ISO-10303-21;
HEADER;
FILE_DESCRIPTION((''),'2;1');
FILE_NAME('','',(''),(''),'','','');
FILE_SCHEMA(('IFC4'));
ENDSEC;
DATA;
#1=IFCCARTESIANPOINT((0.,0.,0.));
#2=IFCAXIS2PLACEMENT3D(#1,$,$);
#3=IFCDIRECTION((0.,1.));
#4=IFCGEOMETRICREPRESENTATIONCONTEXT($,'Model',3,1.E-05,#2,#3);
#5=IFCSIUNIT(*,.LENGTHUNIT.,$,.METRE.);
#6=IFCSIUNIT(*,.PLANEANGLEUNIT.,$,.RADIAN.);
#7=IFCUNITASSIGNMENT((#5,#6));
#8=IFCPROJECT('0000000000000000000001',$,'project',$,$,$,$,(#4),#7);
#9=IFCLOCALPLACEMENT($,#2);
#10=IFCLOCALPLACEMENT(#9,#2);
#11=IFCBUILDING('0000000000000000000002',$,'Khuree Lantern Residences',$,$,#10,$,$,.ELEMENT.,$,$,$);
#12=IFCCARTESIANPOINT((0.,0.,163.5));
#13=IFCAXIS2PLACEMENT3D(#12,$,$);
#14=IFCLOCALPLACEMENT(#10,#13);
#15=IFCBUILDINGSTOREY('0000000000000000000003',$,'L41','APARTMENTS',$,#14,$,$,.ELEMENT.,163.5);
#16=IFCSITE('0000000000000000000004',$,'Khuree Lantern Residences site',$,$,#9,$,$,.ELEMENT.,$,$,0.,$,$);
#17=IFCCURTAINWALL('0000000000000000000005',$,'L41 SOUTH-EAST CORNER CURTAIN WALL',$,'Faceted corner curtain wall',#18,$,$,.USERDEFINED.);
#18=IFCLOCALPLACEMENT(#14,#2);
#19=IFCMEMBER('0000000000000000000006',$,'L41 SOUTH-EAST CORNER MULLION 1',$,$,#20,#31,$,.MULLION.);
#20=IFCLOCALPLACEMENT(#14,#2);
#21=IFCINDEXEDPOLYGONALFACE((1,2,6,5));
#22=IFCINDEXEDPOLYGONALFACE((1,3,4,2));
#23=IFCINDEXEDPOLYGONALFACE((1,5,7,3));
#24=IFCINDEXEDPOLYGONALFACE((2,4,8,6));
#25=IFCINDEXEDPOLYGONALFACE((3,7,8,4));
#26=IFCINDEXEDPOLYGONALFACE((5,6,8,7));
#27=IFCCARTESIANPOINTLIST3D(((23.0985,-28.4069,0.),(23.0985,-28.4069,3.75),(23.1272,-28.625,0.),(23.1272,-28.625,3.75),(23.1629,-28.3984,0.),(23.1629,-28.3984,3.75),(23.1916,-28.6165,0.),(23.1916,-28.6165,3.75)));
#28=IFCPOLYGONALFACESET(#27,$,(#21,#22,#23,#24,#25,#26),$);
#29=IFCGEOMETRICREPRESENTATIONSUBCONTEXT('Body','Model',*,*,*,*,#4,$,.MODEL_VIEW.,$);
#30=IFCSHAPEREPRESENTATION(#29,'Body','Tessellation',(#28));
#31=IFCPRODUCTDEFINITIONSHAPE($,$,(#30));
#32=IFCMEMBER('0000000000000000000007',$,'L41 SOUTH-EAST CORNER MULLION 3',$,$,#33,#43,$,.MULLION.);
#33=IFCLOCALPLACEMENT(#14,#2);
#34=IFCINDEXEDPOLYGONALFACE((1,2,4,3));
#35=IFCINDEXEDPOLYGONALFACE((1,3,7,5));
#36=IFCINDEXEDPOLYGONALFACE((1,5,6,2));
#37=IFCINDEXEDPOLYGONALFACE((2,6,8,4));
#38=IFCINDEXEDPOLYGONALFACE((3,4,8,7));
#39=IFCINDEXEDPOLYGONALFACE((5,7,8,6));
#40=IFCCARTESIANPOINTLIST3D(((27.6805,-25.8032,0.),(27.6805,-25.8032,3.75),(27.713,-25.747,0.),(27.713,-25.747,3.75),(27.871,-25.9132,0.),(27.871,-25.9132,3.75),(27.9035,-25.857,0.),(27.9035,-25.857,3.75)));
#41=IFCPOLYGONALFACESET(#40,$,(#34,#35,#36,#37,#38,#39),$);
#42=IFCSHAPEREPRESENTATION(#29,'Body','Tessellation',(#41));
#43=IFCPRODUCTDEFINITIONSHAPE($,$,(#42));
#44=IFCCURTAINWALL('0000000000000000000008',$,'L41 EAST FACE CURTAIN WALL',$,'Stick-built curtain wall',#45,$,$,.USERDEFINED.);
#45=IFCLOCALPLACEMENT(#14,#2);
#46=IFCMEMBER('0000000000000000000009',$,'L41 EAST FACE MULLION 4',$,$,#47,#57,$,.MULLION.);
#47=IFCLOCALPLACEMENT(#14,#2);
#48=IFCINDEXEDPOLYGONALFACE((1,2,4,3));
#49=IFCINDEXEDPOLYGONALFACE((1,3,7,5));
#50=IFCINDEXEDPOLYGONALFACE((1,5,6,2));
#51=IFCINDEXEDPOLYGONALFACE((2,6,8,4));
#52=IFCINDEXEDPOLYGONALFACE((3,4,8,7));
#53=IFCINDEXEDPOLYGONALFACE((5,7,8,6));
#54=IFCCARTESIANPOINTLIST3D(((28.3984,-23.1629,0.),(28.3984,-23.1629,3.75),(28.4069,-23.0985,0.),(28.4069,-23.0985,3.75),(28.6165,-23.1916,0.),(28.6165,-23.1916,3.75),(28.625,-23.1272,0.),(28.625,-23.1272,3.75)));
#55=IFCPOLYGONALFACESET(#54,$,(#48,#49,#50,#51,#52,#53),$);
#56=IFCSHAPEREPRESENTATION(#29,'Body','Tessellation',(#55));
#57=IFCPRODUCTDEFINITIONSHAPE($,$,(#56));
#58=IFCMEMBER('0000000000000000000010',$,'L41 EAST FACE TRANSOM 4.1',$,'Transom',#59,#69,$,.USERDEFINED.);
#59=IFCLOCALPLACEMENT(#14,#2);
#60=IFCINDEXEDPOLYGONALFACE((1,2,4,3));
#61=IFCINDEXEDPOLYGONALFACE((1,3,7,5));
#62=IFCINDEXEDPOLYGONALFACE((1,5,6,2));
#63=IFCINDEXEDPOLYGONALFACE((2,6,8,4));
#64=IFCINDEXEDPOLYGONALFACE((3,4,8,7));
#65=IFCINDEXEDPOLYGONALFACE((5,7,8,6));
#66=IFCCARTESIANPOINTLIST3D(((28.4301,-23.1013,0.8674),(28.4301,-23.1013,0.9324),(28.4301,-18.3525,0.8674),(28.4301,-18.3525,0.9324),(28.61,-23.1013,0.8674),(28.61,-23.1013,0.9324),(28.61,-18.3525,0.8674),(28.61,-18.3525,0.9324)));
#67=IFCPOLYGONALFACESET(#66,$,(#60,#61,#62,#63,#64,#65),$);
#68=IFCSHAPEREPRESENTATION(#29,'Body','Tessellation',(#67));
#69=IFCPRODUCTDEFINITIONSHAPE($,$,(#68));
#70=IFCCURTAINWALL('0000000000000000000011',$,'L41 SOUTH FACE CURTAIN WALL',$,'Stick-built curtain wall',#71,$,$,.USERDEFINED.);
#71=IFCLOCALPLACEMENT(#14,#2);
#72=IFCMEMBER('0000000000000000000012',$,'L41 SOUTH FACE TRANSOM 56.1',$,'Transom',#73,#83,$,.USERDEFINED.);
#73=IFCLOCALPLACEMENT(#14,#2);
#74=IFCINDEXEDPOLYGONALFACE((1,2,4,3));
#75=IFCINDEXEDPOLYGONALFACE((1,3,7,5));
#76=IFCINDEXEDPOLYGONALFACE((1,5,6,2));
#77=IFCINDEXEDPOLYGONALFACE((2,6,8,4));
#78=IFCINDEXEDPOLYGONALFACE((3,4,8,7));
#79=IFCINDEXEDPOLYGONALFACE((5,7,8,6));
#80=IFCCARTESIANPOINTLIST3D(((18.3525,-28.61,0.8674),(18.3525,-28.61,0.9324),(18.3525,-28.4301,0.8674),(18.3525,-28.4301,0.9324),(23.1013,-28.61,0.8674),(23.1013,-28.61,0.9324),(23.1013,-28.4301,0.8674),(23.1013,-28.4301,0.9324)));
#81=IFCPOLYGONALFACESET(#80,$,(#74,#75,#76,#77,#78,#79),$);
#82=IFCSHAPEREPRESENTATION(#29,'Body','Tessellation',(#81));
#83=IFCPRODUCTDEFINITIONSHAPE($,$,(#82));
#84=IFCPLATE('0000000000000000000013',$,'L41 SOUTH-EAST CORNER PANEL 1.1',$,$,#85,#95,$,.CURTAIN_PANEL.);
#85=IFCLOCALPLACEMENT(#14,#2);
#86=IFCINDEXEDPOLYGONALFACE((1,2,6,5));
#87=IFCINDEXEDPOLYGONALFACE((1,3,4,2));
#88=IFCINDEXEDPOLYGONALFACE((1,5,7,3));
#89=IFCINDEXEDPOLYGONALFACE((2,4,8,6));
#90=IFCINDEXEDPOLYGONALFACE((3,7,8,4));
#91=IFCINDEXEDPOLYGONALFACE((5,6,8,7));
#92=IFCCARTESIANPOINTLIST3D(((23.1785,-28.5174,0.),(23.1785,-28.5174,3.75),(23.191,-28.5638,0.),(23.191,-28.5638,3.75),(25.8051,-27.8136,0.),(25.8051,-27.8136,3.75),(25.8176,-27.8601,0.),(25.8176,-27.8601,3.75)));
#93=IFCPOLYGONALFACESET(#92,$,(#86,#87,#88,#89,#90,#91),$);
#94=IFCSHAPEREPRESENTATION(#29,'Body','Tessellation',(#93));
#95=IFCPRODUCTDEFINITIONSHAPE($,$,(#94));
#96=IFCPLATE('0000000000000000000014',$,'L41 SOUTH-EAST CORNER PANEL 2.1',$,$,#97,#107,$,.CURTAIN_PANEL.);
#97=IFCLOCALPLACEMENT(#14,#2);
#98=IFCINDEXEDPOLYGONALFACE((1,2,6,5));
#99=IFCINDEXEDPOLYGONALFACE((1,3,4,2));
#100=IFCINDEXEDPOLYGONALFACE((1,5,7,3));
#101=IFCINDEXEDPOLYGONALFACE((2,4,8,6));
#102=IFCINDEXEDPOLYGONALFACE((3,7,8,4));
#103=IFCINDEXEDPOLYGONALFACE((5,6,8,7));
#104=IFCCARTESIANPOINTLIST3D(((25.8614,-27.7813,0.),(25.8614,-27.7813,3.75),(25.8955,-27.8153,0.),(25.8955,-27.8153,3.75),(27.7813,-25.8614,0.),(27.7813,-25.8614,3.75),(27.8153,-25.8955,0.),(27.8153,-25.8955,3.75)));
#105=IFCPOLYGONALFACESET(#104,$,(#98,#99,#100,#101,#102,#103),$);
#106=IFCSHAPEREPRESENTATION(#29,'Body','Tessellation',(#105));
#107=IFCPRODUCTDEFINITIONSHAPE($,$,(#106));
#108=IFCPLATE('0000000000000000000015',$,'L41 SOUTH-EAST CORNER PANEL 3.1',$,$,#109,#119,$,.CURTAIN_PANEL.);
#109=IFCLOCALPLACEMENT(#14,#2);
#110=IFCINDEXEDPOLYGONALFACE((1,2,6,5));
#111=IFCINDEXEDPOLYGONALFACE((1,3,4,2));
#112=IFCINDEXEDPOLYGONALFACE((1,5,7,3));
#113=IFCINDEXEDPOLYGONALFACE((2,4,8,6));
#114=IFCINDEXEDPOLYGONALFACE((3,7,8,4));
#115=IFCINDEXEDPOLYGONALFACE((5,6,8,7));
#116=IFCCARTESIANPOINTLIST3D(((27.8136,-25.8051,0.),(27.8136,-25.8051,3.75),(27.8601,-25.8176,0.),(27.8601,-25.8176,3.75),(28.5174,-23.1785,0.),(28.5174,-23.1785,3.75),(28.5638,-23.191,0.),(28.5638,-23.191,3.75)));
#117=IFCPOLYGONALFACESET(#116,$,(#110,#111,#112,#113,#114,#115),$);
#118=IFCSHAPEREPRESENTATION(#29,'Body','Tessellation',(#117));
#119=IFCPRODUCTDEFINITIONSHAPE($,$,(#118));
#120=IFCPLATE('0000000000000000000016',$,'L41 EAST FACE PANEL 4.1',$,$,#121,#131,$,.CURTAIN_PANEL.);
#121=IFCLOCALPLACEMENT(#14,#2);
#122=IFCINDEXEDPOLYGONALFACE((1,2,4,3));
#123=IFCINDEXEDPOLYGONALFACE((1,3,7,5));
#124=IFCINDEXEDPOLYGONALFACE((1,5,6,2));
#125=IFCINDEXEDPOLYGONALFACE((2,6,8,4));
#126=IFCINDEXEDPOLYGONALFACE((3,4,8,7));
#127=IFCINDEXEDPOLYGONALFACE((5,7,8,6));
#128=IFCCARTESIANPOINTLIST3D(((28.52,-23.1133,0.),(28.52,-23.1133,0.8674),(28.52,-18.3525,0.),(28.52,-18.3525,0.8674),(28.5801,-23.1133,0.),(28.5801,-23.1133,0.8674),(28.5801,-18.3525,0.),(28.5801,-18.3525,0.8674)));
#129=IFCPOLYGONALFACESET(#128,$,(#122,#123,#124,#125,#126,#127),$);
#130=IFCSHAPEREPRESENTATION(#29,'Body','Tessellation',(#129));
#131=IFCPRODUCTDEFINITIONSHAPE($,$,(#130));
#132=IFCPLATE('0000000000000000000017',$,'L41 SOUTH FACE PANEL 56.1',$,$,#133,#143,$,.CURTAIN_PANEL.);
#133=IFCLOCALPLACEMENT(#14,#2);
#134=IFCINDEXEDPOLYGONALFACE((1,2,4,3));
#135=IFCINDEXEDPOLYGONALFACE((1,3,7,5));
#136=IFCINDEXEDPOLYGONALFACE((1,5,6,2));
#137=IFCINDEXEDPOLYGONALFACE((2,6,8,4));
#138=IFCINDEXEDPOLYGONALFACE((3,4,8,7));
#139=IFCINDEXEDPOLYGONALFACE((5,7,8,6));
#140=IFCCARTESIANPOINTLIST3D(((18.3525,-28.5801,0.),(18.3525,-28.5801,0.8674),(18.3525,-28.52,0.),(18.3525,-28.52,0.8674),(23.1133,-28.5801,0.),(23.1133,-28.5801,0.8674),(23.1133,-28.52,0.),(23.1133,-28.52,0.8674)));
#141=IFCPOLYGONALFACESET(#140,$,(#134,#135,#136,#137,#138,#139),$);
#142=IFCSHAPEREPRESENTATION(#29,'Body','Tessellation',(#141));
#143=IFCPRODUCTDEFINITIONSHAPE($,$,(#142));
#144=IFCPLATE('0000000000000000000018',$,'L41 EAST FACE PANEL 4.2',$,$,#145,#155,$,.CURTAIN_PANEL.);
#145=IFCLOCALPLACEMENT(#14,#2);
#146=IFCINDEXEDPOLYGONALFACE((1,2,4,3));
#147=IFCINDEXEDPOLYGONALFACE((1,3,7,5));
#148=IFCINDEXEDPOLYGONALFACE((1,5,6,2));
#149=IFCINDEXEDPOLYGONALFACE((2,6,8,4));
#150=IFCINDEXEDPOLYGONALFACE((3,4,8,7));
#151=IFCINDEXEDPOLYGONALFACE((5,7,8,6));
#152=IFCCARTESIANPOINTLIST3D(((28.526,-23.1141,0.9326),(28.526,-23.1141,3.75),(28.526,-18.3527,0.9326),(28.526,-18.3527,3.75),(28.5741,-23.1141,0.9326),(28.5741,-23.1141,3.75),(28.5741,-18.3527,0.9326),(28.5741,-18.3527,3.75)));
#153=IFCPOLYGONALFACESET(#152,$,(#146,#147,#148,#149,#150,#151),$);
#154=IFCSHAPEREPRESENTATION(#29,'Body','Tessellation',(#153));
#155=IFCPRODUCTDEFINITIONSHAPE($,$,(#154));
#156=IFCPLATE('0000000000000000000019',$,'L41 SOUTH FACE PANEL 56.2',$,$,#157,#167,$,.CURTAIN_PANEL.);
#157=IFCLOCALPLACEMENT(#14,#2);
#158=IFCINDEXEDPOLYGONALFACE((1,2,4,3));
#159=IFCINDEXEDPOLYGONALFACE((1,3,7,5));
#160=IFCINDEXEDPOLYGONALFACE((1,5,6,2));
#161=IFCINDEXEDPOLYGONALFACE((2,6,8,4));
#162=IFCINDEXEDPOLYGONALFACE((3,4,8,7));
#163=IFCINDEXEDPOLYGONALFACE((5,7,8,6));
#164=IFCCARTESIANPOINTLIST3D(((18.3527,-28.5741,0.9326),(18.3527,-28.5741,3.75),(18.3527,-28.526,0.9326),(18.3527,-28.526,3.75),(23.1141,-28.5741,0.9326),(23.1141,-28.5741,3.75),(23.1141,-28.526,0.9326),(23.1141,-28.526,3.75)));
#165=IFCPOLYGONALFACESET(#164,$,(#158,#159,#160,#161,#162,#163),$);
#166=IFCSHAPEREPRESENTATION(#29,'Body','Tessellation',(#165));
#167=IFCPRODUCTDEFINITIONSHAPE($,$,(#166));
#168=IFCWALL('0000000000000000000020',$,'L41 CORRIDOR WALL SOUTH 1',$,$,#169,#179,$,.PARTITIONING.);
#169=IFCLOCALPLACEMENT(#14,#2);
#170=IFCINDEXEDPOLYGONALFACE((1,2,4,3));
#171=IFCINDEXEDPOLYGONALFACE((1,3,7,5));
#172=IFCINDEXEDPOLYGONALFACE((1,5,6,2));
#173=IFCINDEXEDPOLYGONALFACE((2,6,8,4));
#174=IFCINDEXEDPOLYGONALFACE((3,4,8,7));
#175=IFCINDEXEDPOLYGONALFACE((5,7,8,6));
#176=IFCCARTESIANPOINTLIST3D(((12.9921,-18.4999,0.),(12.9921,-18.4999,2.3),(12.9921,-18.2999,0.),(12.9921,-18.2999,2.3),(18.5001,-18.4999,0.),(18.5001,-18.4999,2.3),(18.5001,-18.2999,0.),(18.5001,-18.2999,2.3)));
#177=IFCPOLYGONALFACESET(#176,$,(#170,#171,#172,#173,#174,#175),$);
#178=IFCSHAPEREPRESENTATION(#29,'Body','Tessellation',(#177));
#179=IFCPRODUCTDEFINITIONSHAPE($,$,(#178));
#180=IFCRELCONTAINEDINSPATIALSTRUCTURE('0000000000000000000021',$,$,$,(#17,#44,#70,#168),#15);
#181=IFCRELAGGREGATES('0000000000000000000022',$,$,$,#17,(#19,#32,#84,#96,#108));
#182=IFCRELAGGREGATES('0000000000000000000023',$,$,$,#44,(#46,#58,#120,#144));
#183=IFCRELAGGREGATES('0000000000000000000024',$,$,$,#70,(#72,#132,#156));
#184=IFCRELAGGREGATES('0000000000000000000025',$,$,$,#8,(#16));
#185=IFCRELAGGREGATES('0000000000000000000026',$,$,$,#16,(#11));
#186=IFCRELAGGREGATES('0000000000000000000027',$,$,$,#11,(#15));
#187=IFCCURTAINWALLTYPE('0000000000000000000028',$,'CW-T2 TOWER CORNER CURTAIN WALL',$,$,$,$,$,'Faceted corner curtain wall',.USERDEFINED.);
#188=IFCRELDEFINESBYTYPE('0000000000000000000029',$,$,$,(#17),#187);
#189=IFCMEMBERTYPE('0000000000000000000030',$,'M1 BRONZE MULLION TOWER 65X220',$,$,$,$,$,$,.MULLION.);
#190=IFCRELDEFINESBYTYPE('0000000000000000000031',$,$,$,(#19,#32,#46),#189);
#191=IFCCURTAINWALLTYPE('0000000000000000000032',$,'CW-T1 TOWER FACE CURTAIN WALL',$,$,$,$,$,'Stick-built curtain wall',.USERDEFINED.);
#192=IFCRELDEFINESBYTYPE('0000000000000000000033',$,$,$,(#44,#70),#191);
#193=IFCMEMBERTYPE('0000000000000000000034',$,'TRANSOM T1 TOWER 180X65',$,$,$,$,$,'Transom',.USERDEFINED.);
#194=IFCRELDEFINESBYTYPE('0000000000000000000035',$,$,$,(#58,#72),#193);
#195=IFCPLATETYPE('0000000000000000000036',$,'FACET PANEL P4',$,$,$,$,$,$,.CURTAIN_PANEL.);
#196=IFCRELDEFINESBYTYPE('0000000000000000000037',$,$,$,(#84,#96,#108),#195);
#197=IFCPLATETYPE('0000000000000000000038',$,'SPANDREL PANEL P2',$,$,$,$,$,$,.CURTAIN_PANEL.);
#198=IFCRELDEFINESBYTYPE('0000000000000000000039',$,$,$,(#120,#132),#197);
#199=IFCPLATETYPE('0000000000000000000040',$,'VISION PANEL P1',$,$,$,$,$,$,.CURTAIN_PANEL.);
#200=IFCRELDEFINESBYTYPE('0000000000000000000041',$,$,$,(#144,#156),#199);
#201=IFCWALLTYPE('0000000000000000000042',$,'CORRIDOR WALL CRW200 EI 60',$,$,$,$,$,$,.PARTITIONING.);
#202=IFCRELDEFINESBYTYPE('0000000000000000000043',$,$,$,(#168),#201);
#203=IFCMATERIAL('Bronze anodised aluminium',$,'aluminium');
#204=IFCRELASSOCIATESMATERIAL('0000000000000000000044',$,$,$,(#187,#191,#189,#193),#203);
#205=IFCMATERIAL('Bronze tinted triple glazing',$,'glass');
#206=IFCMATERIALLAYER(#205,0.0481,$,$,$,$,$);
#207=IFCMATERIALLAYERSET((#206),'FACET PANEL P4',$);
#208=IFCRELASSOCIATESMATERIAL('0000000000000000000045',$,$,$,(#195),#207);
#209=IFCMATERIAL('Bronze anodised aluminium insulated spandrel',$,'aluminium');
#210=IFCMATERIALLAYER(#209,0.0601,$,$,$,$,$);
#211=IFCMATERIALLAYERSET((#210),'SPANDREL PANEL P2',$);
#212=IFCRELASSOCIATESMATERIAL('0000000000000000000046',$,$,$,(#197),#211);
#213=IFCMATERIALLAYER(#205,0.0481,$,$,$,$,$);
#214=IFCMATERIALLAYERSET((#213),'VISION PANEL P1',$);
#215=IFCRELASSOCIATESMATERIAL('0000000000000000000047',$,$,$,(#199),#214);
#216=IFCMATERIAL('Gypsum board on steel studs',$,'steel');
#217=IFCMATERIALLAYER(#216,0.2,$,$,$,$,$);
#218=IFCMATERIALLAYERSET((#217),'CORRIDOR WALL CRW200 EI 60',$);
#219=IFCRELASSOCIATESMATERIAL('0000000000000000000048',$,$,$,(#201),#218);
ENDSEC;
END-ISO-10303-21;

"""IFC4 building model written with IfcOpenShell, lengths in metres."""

from ifc_helpers import new_model, si_unit, direction, frame, frame_2d, origin, origin_2d, place, context, subcontext, project, spatial, rectangle, extrude, material, layer, layer_set, material_profile, profile_set, type_object, element, aggregate, save


model = new_model("IFC4")

# Units and contexts
model_context = context("Model", 3, precision=1e-05, world=origin(), true_north=direction((0.0, 1.0)))
body_context = subcontext(model_context, "Body", "Model", "MODEL_VIEW")
ifc_project = project(units=[si_unit("LENGTHUNIT", "METRE"), si_unit("PLANEANGLEUNIT", "RADIAN")], contexts=[model_context])

# Site, building, storey
site_placement = place(None, origin())
site = spatial("IfcSite", under=ifc_project, at=site_placement, Name="Khuree Lantern Residences site", CompositionType="ELEMENT", RefElevation=0.0)
building_placement = place(site_placement, origin())
building = spatial("IfcBuilding", under=site, at=building_placement, Name="Khuree Lantern Residences", CompositionType="ELEMENT")
storey_placement = place(building_placement, frame((0.0, 0.0, 163.5)))
storey = spatial("IfcBuildingStorey", under=building, at=storey_placement, Name="L41", Description="APARTMENTS", CompositionType="ELEMENT", Elevation=163.5)

# Curtain wall
ifc_material_1 = material(Name="Bronze anodised aluminium", Category="aluminium")
curtain_wall_type_1 = type_object("IfcCurtainWallType", Name="CW-T2 TOWER CORNER CURTAIN WALL", ElementType="Faceted corner curtain wall", PredefinedType="USERDEFINED", material=ifc_material_1)
curtain_wall_1_placement = place(storey_placement, origin())
curtain_wall_1 = element("IfcCurtainWall", 1, at=curtain_wall_1_placement, inside=storey, type_object=curtain_wall_type_1, Name="L41 SOUTH-EAST CORNER CURTAIN WALL", ObjectType="Faceted corner curtain wall", PredefinedType="USERDEFINED")

# Members
ifc_material_profile_1 = material_profile(ifc_material_1, rectangle(XDim=0.0649, YDim=0.22, at=origin_2d()), Name="M1 65X220")
ifc_profile_set_1 = profile_set([ifc_material_profile_1], Name="Bronze anodised aluminium")
member_type_1 = type_object("IfcMemberType", Name="M1 BRONZE MULLION TOWER 65X220", PredefinedType="MULLION", material=ifc_profile_set_1)
member_1_placement = place(storey_placement, frame((23.145, -28.5117, 0.0), z_axis=(0.0, 0.0, 1.0), x_axis=(0.991445, 0.130526, 0.0)))
member_1 = element("IfcMember", 2, at=member_1_placement, type_object=member_type_1, Name="L41 SOUTH-EAST CORNER MULLION 1", PredefinedType="MULLION", context=body_context, shape_type="SweptSolid", body=[
    extrude(rectangle(XDim=0.0649, YDim=0.22, at=origin_2d()), origin(), (0.0, 0.0, 1.0), 3.75),
])
member_2_placement = place(storey_placement, frame((27.792, -25.8301, 0.0), z_axis=(0.0, 0.0, 1.0), x_axis=(0.5, 0.866025, 0.0)))
member_2 = element("IfcMember", 3, at=member_2_placement, type_object=member_type_1, Name="L41 SOUTH-EAST CORNER MULLION 3", PredefinedType="MULLION", context=body_context, shape_type="SweptSolid", body=[
    extrude(rectangle(XDim=0.0649, YDim=0.22, at=origin_2d()), origin(), (0.0, 0.0, 1.0), 3.75),
])

# Curtain wall, members
curtain_wall_type_2 = type_object("IfcCurtainWallType", Name="CW-T1 TOWER FACE CURTAIN WALL", ElementType="Stick-built curtain wall", PredefinedType="USERDEFINED", material=ifc_material_1)
curtain_wall_2_placement = place(storey_placement, origin())
curtain_wall_2 = element("IfcCurtainWall", 4, at=curtain_wall_2_placement, inside=storey, type_object=curtain_wall_type_2, Name="L41 EAST FACE CURTAIN WALL", ObjectType="Stick-built curtain wall", PredefinedType="USERDEFINED")
member_3_placement = place(storey_placement, frame((28.5117, -23.145, 0.0), z_axis=(0.0, 0.0, 1.0), x_axis=(0.130526, 0.991445, 0.0)))
member_3 = element("IfcMember", 5, at=member_3_placement, type_object=member_type_1, Name="L41 EAST FACE MULLION 4", PredefinedType="MULLION", context=body_context, shape_type="SweptSolid", body=[
    extrude(rectangle(XDim=0.0649, YDim=0.22, at=origin_2d()), origin(), (0.0, 0.0, 1.0), 3.75),
])
ifc_material_profile_2 = material_profile(ifc_material_1, rectangle(XDim=0.1799, YDim=0.0649, at=origin_2d()), Name="T1 180X65")
ifc_profile_set_2 = profile_set([ifc_material_profile_2], Name="Bronze anodised aluminium")
member_type_2 = type_object("IfcMemberType", Name="TRANSOM T1 TOWER 180X65", ElementType="Transom", PredefinedType="USERDEFINED", material=ifc_profile_set_2)
member_4_placement = place(storey_placement, frame((28.52, -23.1013, 0.8999), z_axis=(0.0, 1.0, 0.0), x_axis=(-1.0, 0.0, 0.0)))
member_4 = element("IfcMember", 6, at=member_4_placement, type_object=member_type_2, Name="L41 EAST FACE TRANSOM 4.1", ObjectType="Transom", PredefinedType="USERDEFINED", context=body_context, shape_type="SweptSolid", body=[
    extrude(rectangle(XDim=0.1799, YDim=0.0649, at=origin_2d()), origin(), (0.0, 0.0, 1.0), 4.7488),
])

# Curtain wall, member
curtain_wall_3_placement = place(storey_placement, origin())
curtain_wall_3 = element("IfcCurtainWall", 7, at=curtain_wall_3_placement, inside=storey, type_object=curtain_wall_type_2, Name="L41 SOUTH FACE CURTAIN WALL", ObjectType="Stick-built curtain wall", PredefinedType="USERDEFINED")
member_5_placement = place(storey_placement, frame((18.3525, -28.52, 0.8999), z_axis=(1.0, 0.0, 0.0), x_axis=(0.0, 1.0, 0.0)))
member_5 = element("IfcMember", 8, at=member_5_placement, type_object=member_type_2, Name="L41 SOUTH FACE TRANSOM 56.1", ObjectType="Transom", PredefinedType="USERDEFINED", context=body_context, shape_type="SweptSolid", body=[
    extrude(rectangle(XDim=0.1799, YDim=0.0649, at=origin_2d()), origin(), (0.0, 0.0, 1.0), 4.7488),
])

# Plates
ifc_material_2 = material(Name="Bronze tinted triple glazing", Category="glass")
ifc_layer_1 = layer(ifc_material_2, 0.0481)
ifc_layer_set_1 = layer_set([ifc_layer_1], Name="FACET PANEL P4")
plate_type_1 = type_object("IfcPlateType", Name="FACET PANEL P4", PredefinedType="CURTAIN_PANEL", material=ifc_layer_set_1)
plate_1_placement = place(storey_placement, frame((24.498, -28.1887, 0.0), z_axis=(0.0, 0.0, 1.0), x_axis=(0.965926, 0.258819, 0.0)))
plate_1 = element("IfcPlate", 9, at=plate_1_placement, type_object=plate_type_1, Name="L41 SOUTH-EAST CORNER PANEL 1.1", PredefinedType="CURTAIN_PANEL", context=body_context, shape_type="SweptSolid", body=[
    extrude(rectangle(XDim=2.7192, YDim=0.0481, at=origin_2d()), origin(), (0.0, 0.0, 1.0), 3.75),
])
plate_2_placement = place(storey_placement, frame((26.8384, -26.8384, 0.0), z_axis=(0.0, 0.0, 1.0), x_axis=(0.707107, 0.707107, 0.0)))
plate_2 = element("IfcPlate", 10, at=plate_2_placement, type_object=plate_type_1, Name="L41 SOUTH-EAST CORNER PANEL 2.1", PredefinedType="CURTAIN_PANEL", context=body_context, shape_type="SweptSolid", body=[
    extrude(rectangle(XDim=2.7151, YDim=0.0481, at=origin_2d()), origin(), (0.0, 0.0, 1.0), 3.75),
])
plate_3_placement = place(storey_placement, frame((28.1887, -24.498, 0.0), z_axis=(0.0, 0.0, 1.0), x_axis=(0.258819, 0.965926, 0.0)))
plate_3 = element("IfcPlate", 11, at=plate_3_placement, type_object=plate_type_1, Name="L41 SOUTH-EAST CORNER PANEL 3.1", PredefinedType="CURTAIN_PANEL", context=body_context, shape_type="SweptSolid", body=[
    extrude(rectangle(XDim=2.7192, YDim=0.0481, at=origin_2d()), origin(), (0.0, 0.0, 1.0), 3.75),
])
aggregate(curtain_wall_1, [member_1, member_2, plate_1, plate_2, plate_3])
ifc_material_3 = material(Name="Bronze anodised aluminium insulated spandrel", Category="aluminium")
ifc_layer_2 = layer(ifc_material_3, 0.0601)
ifc_layer_set_2 = layer_set([ifc_layer_2], Name="SPANDREL PANEL P2")
plate_type_2 = type_object("IfcPlateType", Name="SPANDREL PANEL P2", PredefinedType="CURTAIN_PANEL", material=ifc_layer_set_2)
plate_4_placement = place(storey_placement, frame((28.55, -20.7329, 0.0), z_axis=(0.0, 0.0, 1.0), x_axis=(0.0, 1.0, 0.0)))
plate_4 = element("IfcPlate", 12, at=plate_4_placement, type_object=plate_type_2, Name="L41 EAST FACE PANEL 4.1", PredefinedType="CURTAIN_PANEL", context=body_context, shape_type="SweptSolid", body=[
    extrude(rectangle(XDim=4.7607, YDim=0.0601, at=origin_2d()), origin(), (0.0, 0.0, 1.0), 0.8674),
])
plate_5_placement = place(storey_placement, frame((20.7329, -28.55, 0.0), z_axis=(0.0, 0.0, 1.0), x_axis=(1.0, 0.0, 0.0)))
plate_5 = element("IfcPlate", 13, at=plate_5_placement, type_object=plate_type_2, Name="L41 SOUTH FACE PANEL 56.1", PredefinedType="CURTAIN_PANEL", context=body_context, shape_type="SweptSolid", body=[
    extrude(rectangle(XDim=4.7607, YDim=0.0601, at=origin_2d()), origin(), (0.0, 0.0, 1.0), 0.8674),
])
ifc_layer_3 = layer(ifc_material_2, 0.0481)
ifc_layer_set_3 = layer_set([ifc_layer_3], Name="VISION PANEL P1")
plate_type_3 = type_object("IfcPlateType", Name="VISION PANEL P1", PredefinedType="CURTAIN_PANEL", material=ifc_layer_set_3)
plate_6_placement = place(storey_placement, frame((28.55, -20.7334, 0.9326), z_axis=(0.0, 0.0, 1.0), x_axis=(0.0, 1.0, 0.0)))
plate_6 = element("IfcPlate", 14, at=plate_6_placement, type_object=plate_type_3, Name="L41 EAST FACE PANEL 4.2", PredefinedType="CURTAIN_PANEL", context=body_context, shape_type="SweptSolid", body=[
    extrude(rectangle(XDim=4.7615, YDim=0.0481, at=origin_2d()), origin(), (0.0, 0.0, 1.0), 2.8174),
])
aggregate(curtain_wall_2, [member_3, member_4, plate_4, plate_6])
plate_7_placement = place(storey_placement, frame((20.7334, -28.55, 0.9326), z_axis=(0.0, 0.0, 1.0), x_axis=(1.0, 0.0, 0.0)))
plate_7 = element("IfcPlate", 15, at=plate_7_placement, type_object=plate_type_3, Name="L41 SOUTH FACE PANEL 56.2", PredefinedType="CURTAIN_PANEL", context=body_context, shape_type="SweptSolid", body=[
    extrude(rectangle(XDim=4.7615, YDim=0.0481, at=origin_2d()), origin(), (0.0, 0.0, 1.0), 2.8174),
])
aggregate(curtain_wall_3, [member_5, plate_5, plate_7])

# Wall
ifc_material_4 = material(Name="Gypsum board on steel studs", Category="steel")
ifc_layer_4 = layer(ifc_material_4, 0.2)
ifc_layer_set_4 = layer_set([ifc_layer_4], Name="CORRIDOR WALL CRW200 EI 60")
wall_type = type_object("IfcWallType", Name="CORRIDOR WALL CRW200 EI 60", PredefinedType="PARTITIONING", material=ifc_layer_set_4)
wall_placement = place(storey_placement, frame((18.5, -18.3999, 0.0), z_axis=(0.0, 0.0, 1.0), x_axis=(-1.0, 0.0, 0.0)))
element("IfcWall", 16, at=wall_placement, inside=storey, type_object=wall_type, Name="L41 CORRIDOR WALL SOUTH 1", PredefinedType="PARTITIONING", context=body_context, shape_type="SweptSolid", body=[
    extrude(rectangle(XDim=5.5081, YDim=0.2, at=frame_2d((2.7539, 0.0))), origin(), (0.0, 0.0, 1.0), 2.3),
])

save(model, "model.ifc")
